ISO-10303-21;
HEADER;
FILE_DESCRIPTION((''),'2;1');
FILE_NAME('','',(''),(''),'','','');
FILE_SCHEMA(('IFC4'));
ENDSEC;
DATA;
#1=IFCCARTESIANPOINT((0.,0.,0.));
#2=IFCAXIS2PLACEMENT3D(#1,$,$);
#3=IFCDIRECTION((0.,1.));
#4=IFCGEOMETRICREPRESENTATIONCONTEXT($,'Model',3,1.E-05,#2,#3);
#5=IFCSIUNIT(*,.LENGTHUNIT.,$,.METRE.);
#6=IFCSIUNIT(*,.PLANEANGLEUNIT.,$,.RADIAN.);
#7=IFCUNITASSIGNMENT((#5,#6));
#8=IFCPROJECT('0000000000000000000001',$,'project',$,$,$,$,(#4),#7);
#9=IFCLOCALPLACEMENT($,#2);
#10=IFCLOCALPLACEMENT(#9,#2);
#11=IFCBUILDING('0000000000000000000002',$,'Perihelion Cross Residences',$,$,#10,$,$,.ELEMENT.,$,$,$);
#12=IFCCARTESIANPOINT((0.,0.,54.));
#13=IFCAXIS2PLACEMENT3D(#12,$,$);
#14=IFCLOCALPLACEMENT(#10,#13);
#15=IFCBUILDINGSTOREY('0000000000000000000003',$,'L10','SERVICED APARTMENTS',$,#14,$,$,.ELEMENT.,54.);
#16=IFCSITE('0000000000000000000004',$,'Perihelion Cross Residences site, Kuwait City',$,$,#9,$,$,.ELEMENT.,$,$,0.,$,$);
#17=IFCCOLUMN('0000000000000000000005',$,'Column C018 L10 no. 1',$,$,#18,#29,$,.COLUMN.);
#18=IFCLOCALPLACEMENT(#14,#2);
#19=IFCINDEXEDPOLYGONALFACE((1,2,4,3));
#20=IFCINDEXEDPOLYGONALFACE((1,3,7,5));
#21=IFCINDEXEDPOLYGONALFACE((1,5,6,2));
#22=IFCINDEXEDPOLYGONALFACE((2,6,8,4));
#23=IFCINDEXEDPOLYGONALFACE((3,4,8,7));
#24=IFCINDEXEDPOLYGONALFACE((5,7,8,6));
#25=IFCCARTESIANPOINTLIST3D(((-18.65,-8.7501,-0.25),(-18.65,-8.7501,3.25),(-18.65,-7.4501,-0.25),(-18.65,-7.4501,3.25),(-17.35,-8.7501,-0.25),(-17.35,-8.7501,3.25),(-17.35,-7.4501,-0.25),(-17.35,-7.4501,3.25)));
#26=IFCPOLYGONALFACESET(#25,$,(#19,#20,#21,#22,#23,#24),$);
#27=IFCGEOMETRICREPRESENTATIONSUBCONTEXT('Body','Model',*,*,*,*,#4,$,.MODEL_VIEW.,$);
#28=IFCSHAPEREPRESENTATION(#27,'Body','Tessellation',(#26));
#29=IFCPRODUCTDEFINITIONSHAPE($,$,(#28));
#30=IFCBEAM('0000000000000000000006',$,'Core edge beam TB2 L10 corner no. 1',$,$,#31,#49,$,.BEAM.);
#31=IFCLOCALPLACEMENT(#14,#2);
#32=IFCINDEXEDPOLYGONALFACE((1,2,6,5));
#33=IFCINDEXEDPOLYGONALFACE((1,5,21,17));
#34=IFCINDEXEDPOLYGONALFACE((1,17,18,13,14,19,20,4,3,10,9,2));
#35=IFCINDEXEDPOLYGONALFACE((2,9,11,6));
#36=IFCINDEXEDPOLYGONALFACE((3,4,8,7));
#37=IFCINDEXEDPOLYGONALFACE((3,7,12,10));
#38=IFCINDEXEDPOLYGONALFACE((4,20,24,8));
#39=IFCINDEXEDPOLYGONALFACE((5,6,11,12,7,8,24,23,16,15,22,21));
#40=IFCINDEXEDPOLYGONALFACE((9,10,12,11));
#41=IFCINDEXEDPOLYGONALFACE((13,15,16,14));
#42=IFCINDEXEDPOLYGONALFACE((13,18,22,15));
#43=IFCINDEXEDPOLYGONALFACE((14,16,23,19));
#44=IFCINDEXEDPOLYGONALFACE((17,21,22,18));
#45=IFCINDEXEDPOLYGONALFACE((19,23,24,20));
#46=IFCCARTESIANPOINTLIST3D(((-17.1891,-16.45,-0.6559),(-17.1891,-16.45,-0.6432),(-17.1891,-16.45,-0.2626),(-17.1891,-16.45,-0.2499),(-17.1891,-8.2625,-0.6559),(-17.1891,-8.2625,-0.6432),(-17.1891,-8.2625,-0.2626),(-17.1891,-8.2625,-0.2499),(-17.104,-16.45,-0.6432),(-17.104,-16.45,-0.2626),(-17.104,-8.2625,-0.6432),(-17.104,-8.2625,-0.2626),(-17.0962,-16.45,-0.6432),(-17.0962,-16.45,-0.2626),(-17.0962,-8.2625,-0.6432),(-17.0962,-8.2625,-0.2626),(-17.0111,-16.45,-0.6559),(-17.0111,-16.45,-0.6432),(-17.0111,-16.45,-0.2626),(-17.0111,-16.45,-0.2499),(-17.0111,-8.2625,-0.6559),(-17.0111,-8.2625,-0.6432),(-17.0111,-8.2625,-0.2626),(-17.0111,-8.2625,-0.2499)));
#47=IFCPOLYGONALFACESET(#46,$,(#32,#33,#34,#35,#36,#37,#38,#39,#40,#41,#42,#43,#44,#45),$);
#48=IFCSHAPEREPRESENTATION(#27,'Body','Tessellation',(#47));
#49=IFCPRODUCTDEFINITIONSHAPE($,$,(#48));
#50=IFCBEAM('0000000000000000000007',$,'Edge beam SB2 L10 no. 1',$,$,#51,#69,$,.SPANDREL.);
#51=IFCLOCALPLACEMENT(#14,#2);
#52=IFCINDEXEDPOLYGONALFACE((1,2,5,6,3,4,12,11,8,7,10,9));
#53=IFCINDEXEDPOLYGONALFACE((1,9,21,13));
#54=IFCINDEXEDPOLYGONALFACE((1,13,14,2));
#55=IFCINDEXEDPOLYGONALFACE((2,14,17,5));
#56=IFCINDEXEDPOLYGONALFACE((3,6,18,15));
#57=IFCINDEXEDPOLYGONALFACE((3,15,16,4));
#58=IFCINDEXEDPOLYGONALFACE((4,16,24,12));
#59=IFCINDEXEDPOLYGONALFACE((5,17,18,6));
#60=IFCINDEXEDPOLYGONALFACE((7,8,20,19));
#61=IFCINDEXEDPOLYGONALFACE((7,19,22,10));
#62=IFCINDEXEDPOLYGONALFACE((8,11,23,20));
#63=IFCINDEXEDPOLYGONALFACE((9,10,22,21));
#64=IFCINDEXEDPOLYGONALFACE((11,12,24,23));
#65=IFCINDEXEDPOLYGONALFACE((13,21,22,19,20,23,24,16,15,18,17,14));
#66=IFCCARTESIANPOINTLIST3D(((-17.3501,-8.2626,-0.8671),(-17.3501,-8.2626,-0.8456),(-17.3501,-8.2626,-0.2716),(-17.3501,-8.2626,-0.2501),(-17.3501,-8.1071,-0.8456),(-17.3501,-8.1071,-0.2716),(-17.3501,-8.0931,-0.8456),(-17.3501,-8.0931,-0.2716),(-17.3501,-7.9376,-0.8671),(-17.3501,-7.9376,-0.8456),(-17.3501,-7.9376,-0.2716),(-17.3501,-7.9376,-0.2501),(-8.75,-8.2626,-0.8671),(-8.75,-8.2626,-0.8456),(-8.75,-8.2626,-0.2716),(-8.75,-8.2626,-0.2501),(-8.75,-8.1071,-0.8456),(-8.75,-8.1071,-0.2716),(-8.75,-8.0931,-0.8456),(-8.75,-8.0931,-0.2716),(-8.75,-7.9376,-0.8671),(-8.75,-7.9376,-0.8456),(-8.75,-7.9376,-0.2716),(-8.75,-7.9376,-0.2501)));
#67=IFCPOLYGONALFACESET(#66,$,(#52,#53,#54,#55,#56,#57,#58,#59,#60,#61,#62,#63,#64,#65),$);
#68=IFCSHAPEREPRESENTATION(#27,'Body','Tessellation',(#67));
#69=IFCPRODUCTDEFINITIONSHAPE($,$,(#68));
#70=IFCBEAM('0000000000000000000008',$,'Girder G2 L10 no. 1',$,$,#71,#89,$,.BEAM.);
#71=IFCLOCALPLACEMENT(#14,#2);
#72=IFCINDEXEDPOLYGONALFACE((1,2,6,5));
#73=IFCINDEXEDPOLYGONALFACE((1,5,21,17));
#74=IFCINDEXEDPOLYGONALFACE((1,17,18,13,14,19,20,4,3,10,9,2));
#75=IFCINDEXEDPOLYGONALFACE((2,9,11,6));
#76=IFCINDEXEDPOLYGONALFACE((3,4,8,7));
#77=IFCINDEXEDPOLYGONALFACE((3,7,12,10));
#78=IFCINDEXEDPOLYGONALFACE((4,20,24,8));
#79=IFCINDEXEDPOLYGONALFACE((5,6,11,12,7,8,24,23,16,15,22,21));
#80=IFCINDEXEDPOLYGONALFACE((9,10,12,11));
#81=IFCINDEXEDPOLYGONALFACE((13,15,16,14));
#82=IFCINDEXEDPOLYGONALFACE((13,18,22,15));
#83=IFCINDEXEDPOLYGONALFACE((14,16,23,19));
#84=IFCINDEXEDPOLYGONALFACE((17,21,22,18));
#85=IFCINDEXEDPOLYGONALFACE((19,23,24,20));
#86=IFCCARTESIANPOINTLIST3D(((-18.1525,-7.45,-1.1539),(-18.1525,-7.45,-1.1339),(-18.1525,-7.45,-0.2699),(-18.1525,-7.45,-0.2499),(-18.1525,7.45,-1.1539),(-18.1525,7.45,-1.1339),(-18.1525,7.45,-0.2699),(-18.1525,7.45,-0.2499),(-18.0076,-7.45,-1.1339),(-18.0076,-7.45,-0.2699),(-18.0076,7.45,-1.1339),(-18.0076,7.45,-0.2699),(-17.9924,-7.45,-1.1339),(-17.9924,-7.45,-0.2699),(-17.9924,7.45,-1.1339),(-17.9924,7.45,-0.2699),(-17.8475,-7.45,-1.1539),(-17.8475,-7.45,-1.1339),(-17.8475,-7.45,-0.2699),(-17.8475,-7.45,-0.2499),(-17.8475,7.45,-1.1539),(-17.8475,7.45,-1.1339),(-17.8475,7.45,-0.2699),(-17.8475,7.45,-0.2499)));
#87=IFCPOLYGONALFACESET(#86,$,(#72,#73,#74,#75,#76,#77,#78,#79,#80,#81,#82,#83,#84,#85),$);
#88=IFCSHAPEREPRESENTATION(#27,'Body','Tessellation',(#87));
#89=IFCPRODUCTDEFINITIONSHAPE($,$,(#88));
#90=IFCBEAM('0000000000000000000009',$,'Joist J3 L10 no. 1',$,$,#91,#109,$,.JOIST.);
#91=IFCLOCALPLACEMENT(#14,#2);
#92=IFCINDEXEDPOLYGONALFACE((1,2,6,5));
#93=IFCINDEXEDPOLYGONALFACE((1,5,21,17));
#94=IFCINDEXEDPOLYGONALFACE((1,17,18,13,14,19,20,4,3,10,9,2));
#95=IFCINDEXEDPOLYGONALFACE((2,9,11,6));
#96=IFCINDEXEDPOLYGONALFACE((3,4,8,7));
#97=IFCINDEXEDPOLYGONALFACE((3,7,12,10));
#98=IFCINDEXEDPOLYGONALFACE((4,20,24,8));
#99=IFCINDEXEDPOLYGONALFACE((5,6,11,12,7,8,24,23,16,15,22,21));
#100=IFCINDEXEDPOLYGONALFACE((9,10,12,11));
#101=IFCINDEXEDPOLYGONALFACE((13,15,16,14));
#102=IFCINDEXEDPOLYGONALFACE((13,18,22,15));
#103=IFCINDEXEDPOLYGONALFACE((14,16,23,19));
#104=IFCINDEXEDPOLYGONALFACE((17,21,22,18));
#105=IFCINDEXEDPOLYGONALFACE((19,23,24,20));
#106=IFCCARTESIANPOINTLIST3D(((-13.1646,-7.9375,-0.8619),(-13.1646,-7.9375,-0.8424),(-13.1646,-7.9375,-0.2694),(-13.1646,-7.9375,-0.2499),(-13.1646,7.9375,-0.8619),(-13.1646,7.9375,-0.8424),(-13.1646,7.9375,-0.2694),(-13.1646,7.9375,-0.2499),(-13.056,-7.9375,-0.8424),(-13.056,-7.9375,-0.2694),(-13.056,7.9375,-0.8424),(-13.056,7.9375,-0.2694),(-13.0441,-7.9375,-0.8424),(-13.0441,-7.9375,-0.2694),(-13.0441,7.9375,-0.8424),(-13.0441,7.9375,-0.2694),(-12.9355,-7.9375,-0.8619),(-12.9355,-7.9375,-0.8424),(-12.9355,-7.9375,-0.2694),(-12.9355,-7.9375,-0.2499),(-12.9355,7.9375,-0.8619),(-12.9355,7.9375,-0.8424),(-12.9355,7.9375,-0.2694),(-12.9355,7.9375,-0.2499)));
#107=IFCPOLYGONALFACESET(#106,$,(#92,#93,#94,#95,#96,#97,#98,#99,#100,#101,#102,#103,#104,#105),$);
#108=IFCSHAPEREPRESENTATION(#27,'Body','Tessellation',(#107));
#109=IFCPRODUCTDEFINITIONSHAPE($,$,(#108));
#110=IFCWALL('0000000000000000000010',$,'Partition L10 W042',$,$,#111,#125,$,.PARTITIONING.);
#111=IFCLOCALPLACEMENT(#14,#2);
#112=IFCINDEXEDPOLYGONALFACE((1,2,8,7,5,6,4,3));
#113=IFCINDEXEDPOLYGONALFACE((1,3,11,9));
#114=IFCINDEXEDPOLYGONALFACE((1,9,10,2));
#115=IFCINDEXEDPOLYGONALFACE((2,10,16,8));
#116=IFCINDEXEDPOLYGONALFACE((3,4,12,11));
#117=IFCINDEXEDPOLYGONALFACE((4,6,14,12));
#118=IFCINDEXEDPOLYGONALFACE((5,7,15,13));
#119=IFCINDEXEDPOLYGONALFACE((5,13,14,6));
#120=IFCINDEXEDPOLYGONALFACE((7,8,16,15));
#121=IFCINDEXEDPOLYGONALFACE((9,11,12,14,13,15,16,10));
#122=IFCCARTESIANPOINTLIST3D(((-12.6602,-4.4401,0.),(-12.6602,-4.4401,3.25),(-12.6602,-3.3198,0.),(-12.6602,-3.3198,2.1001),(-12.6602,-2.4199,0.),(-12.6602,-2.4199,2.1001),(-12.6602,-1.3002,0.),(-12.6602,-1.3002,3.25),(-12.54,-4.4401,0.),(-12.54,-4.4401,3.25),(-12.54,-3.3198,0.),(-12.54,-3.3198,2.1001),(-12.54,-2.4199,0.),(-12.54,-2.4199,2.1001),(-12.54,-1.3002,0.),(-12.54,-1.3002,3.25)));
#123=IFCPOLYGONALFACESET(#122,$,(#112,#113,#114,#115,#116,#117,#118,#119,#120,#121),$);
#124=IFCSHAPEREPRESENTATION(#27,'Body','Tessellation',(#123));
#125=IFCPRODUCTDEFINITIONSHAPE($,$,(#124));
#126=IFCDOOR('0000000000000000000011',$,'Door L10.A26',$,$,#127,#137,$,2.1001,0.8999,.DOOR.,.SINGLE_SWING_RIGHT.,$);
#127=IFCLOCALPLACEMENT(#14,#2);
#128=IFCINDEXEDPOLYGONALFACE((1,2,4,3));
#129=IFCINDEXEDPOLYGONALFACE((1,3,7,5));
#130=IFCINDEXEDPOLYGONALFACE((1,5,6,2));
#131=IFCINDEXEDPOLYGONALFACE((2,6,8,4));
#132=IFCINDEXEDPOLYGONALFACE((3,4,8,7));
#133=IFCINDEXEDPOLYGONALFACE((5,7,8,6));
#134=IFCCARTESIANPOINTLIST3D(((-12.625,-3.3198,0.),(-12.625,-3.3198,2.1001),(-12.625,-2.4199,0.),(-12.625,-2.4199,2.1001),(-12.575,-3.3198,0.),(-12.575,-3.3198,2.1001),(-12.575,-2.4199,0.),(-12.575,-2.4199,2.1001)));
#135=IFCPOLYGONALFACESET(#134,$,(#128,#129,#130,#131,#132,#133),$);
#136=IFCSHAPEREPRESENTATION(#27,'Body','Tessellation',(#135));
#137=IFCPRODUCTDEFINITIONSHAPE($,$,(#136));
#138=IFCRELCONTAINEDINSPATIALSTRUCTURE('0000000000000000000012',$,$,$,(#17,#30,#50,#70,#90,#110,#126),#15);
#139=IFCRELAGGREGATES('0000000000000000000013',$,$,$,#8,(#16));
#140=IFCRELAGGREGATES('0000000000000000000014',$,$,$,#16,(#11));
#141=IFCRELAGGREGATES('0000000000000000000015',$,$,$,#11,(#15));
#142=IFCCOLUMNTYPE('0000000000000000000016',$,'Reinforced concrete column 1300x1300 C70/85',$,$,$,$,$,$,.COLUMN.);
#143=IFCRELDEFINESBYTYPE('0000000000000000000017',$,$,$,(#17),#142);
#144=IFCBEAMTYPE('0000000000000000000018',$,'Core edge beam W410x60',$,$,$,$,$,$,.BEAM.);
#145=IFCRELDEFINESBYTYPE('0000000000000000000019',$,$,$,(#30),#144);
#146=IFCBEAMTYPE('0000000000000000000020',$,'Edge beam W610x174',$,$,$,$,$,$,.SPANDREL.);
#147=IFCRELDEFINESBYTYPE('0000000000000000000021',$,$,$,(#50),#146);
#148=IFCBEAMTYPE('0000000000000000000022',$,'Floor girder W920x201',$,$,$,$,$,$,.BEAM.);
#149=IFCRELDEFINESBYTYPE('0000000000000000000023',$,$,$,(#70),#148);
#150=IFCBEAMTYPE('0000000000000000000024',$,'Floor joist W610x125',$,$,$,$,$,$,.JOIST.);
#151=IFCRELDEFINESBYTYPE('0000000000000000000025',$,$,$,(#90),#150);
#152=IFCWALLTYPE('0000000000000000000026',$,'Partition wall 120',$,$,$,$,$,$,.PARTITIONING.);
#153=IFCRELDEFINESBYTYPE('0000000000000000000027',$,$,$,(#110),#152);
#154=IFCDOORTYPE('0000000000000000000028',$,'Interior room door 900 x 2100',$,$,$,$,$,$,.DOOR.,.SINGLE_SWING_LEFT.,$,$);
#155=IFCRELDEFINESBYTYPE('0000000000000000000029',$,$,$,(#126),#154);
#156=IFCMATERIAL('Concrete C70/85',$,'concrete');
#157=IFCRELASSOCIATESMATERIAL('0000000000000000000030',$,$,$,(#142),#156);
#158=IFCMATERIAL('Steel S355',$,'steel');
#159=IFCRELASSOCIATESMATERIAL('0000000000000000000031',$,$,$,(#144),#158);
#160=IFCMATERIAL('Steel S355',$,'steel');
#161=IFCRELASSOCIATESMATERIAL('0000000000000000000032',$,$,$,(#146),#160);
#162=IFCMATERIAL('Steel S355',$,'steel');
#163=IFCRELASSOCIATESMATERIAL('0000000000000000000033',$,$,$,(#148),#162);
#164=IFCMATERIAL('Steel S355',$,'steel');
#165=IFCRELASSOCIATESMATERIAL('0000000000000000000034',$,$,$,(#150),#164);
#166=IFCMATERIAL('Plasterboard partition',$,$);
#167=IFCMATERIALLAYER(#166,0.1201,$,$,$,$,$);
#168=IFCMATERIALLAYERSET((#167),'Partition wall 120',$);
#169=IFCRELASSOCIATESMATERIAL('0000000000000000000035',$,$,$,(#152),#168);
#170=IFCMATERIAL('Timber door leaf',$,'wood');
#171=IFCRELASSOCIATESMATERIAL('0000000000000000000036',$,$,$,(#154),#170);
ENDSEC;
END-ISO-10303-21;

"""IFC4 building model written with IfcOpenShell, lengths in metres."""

from ifc_helpers import new_model, si_unit, direction, frame, frame_2d, origin, origin_2d, place, context, subcontext, project, spatial, rectangle, i_section, extrude, material, layer, layer_set, material_profile, profile_set, type_object, element, fill, save


model = new_model("IFC4")

# Units and contexts
model_context = context("Model", 3, precision=1e-05, world=origin(), true_north=direction((0.0, 1.0)))
body_context = subcontext(model_context, "Body", "Model", "MODEL_VIEW")
ifc_project = project(units=[si_unit("LENGTHUNIT", "METRE"), si_unit("PLANEANGLEUNIT", "RADIAN")], contexts=[model_context])

# Site, building, storey
site_placement = place(None, origin())
site = spatial("IfcSite", under=ifc_project, at=site_placement, Name="Perihelion Cross Residences site, Kuwait City", CompositionType="ELEMENT", RefElevation=0.0)
building_placement = place(site_placement, origin())
building = spatial("IfcBuilding", under=site, at=building_placement, Name="Perihelion Cross Residences", CompositionType="ELEMENT")
storey_placement = place(building_placement, frame((0.0, 0.0, 54.0)))
storey = spatial("IfcBuildingStorey", under=building, at=storey_placement, Name="L10", Description="SERVICED APARTMENTS", CompositionType="ELEMENT", Elevation=54.0)

# Column
ifc_material_1 = material(Name="Concrete C70/85", Category="concrete")
ifc_material_profile_1 = material_profile(ifc_material_1, rectangle(XDim=1.3, YDim=1.3, at=origin_2d()), Name="RC 1300x1300")
ifc_profile_set_1 = profile_set([ifc_material_profile_1], Name="Concrete C70/85")
column_type = type_object("IfcColumnType", Name="Reinforced concrete column 1300x1300 C70/85", PredefinedType="COLUMN", material=ifc_profile_set_1)
column_placement = place(storey_placement, frame((-18.0, -8.1001, -0.25), z_axis=(0.0, 0.0, 1.0), x_axis=(1.0, 0.0, 0.0)))
element("IfcColumn", 1, at=column_placement, inside=storey, type_object=column_type, Name="Column C018 L10 no. 1", PredefinedType="COLUMN", context=body_context, shape_type="SweptSolid", body=[
    extrude(rectangle(XDim=1.3, YDim=1.3, at=origin_2d()), origin(), (0.0, 0.0, 1.0), 3.5),
])

# Beams
ifc_material_2 = material(Name="Steel S355", Category="steel")
ifc_material_profile_2 = material_profile(ifc_material_2, i_section(OverallWidth=0.178, OverallDepth=0.406, WebThickness=0.0078, FlangeThickness=0.0127, at=origin_2d()), Name="W410x60")
ifc_profile_set_2 = profile_set([ifc_material_profile_2], Name="Steel S355")
beam_type_1 = type_object("IfcBeamType", Name="Core edge beam W410x60", PredefinedType="BEAM", material=ifc_profile_set_2)
beam_1_placement = place(storey_placement, frame((-17.1001, -8.2625, -0.4529), z_axis=(0.0, -1.0, 0.0), x_axis=(1.0, 0.0, 0.0)))
element("IfcBeam", 2, at=beam_1_placement, inside=storey, type_object=beam_type_1, Name="Core edge beam TB2 L10 corner no. 1", PredefinedType="BEAM", context=body_context, shape_type="SweptSolid", body=[
    extrude(i_section(OverallWidth=0.178, OverallDepth=0.406, WebThickness=0.0078, FlangeThickness=0.0127, at=origin_2d()), origin(), (0.0, 0.0, 1.0), 8.1875),
])
ifc_material_3 = material(Name="Steel S355", Category="steel")
ifc_material_profile_3 = material_profile(ifc_material_3, i_section(OverallWidth=0.325, OverallDepth=0.6169, WebThickness=0.0139, FlangeThickness=0.0215, at=origin_2d()), Name="W610x174")
ifc_profile_set_3 = profile_set([ifc_material_profile_3], Name="Steel S355")
beam_type_2 = type_object("IfcBeamType", Name="Edge beam W610x174", PredefinedType="SPANDREL", material=ifc_profile_set_3)
beam_2_placement = place(storey_placement, frame((-17.3501, -8.1001, -0.5586), z_axis=(1.0, 0.0, 0.0), x_axis=(0.0, 1.0, 0.0)))
element("IfcBeam", 3, at=beam_2_placement, inside=storey, type_object=beam_type_2, Name="Edge beam SB2 L10 no. 1", PredefinedType="SPANDREL", context=body_context, shape_type="SweptSolid", body=[
    extrude(i_section(OverallWidth=0.325, OverallDepth=0.6169, WebThickness=0.0139, FlangeThickness=0.0215, at=origin_2d()), origin(), (0.0, 0.0, 1.0), 8.6001),
])
ifc_material_4 = material(Name="Steel S355", Category="steel")
ifc_material_profile_4 = material_profile(ifc_material_4, i_section(OverallWidth=0.3049, OverallDepth=0.9041, WebThickness=0.0151, FlangeThickness=0.02, at=origin_2d()), Name="W920x201")
ifc_profile_set_4 = profile_set([ifc_material_profile_4], Name="Steel S355")
beam_type_3 = type_object("IfcBeamType", Name="Floor girder W920x201", PredefinedType="BEAM", material=ifc_profile_set_4)
beam_3_placement = place(storey_placement, frame((-18.0, -7.45, -0.7019), z_axis=(0.0, 1.0, 0.0), x_axis=(-1.0, 0.0, 0.0)))
element("IfcBeam", 4, at=beam_3_placement, inside=storey, type_object=beam_type_3, Name="Girder G2 L10 no. 1", PredefinedType="BEAM", context=body_context, shape_type="SweptSolid", body=[
    extrude(i_section(OverallWidth=0.3049, OverallDepth=0.9041, WebThickness=0.0151, FlangeThickness=0.02, at=origin_2d()), origin(), (0.0, 0.0, 1.0), 14.8999),
])
ifc_material_5 = material(Name="Steel S355", Category="steel")
ifc_material_profile_5 = material_profile(ifc_material_5, i_section(OverallWidth=0.229, OverallDepth=0.6121, WebThickness=0.012, FlangeThickness=0.0195, at=origin_2d()), Name="W610x125")
ifc_profile_set_5 = profile_set([ifc_material_profile_5], Name="Steel S355")
beam_type_4 = type_object("IfcBeamType", Name="Floor joist W610x125", PredefinedType="JOIST", material=ifc_profile_set_5)
beam_4_placement = place(storey_placement, frame((-13.05, -7.9375, -0.5559), z_axis=(0.0, 1.0, 0.0), x_axis=(-1.0, 0.0, 0.0)))
element("IfcBeam", 5, at=beam_4_placement, inside=storey, type_object=beam_type_4, Name="Joist J3 L10 no. 1", PredefinedType="JOIST", context=body_context, shape_type="SweptSolid", body=[
    extrude(i_section(OverallWidth=0.229, OverallDepth=0.6121, WebThickness=0.012, FlangeThickness=0.0195, at=origin_2d()), origin(), (0.0, 0.0, 1.0), 15.875),
])

# Wall, opening, door
ifc_material_6 = material(Name="Plasterboard partition")
ifc_layer_1 = layer(ifc_material_6, 0.1201)
ifc_layer_set_1 = layer_set([ifc_layer_1], Name="Partition wall 120")
wall_type_1 = type_object("IfcWallType", Name="Partition wall 120", PredefinedType="PARTITIONING", material=ifc_layer_set_1)
wall_1_placement = place(storey_placement, frame((-12.6001, -4.4399, 0.0), z_axis=(0.0, 0.0, 1.0), x_axis=(0.0, 1.0, 0.0)))
wall_1 = element("IfcWall", 6, at=wall_1_placement, inside=storey, type_object=wall_type_1, Name="Partition L10 W042", PredefinedType="PARTITIONING", context=body_context, shape_type="SweptSolid", body=[
    extrude(rectangle(XDim=3.1399, YDim=0.1201, at=frame_2d((1.5698, 0.0))), origin(), (0.0, 0.0, 1.0), 3.25),
])
opening_1_placement = place(wall_1_placement, frame((1.1201, 0.0, 0.0)))
opening_1 = element("IfcOpeningElement", 7, at=opening_1_placement, cuts=wall_1, PredefinedType="OPENING", context=body_context, shape_type="SweptSolid", body=[
    extrude(rectangle(XDim=0.8999, YDim=2.1001, at=frame_2d((0.45, 1.05))), frame((0.0, 0.0701, 0.0), z_axis=(0.0, -1.0, 0.0), x_axis=(1.0, 0.0, 0.0)), (0.0, 0.0, 1.0), 0.1401),
])
ifc_material_7 = material(Name="Timber door leaf", Category="wood")
door_type_1 = type_object("IfcDoorType", Name="Interior room door 900 x 2100", OperationType="SINGLE_SWING_LEFT", PredefinedType="DOOR", material=ifc_material_7)
door_1_placement = place(opening_1_placement, origin())
door_1 = element("IfcDoor", 8, at=door_1_placement, inside=storey, type_object=door_type_1, Name="Door L10.A26", OperationType="SINGLE_SWING_RIGHT", OverallHeight=2.1001, OverallWidth=0.8999, PredefinedType="DOOR", context=body_context, shape_type="SweptSolid", body=[
    extrude(rectangle(XDim=0.8999, YDim=2.1001, at=frame_2d((0.45, 1.05))), frame((0.0, 0.0249, 0.0), z_axis=(0.0, -1.0, 0.0), x_axis=(1.0, 0.0, 0.0)), (0.0, 0.0, 1.0), 0.05),
])
fill(opening_1, door_1)

save(model, "model.ifc")
